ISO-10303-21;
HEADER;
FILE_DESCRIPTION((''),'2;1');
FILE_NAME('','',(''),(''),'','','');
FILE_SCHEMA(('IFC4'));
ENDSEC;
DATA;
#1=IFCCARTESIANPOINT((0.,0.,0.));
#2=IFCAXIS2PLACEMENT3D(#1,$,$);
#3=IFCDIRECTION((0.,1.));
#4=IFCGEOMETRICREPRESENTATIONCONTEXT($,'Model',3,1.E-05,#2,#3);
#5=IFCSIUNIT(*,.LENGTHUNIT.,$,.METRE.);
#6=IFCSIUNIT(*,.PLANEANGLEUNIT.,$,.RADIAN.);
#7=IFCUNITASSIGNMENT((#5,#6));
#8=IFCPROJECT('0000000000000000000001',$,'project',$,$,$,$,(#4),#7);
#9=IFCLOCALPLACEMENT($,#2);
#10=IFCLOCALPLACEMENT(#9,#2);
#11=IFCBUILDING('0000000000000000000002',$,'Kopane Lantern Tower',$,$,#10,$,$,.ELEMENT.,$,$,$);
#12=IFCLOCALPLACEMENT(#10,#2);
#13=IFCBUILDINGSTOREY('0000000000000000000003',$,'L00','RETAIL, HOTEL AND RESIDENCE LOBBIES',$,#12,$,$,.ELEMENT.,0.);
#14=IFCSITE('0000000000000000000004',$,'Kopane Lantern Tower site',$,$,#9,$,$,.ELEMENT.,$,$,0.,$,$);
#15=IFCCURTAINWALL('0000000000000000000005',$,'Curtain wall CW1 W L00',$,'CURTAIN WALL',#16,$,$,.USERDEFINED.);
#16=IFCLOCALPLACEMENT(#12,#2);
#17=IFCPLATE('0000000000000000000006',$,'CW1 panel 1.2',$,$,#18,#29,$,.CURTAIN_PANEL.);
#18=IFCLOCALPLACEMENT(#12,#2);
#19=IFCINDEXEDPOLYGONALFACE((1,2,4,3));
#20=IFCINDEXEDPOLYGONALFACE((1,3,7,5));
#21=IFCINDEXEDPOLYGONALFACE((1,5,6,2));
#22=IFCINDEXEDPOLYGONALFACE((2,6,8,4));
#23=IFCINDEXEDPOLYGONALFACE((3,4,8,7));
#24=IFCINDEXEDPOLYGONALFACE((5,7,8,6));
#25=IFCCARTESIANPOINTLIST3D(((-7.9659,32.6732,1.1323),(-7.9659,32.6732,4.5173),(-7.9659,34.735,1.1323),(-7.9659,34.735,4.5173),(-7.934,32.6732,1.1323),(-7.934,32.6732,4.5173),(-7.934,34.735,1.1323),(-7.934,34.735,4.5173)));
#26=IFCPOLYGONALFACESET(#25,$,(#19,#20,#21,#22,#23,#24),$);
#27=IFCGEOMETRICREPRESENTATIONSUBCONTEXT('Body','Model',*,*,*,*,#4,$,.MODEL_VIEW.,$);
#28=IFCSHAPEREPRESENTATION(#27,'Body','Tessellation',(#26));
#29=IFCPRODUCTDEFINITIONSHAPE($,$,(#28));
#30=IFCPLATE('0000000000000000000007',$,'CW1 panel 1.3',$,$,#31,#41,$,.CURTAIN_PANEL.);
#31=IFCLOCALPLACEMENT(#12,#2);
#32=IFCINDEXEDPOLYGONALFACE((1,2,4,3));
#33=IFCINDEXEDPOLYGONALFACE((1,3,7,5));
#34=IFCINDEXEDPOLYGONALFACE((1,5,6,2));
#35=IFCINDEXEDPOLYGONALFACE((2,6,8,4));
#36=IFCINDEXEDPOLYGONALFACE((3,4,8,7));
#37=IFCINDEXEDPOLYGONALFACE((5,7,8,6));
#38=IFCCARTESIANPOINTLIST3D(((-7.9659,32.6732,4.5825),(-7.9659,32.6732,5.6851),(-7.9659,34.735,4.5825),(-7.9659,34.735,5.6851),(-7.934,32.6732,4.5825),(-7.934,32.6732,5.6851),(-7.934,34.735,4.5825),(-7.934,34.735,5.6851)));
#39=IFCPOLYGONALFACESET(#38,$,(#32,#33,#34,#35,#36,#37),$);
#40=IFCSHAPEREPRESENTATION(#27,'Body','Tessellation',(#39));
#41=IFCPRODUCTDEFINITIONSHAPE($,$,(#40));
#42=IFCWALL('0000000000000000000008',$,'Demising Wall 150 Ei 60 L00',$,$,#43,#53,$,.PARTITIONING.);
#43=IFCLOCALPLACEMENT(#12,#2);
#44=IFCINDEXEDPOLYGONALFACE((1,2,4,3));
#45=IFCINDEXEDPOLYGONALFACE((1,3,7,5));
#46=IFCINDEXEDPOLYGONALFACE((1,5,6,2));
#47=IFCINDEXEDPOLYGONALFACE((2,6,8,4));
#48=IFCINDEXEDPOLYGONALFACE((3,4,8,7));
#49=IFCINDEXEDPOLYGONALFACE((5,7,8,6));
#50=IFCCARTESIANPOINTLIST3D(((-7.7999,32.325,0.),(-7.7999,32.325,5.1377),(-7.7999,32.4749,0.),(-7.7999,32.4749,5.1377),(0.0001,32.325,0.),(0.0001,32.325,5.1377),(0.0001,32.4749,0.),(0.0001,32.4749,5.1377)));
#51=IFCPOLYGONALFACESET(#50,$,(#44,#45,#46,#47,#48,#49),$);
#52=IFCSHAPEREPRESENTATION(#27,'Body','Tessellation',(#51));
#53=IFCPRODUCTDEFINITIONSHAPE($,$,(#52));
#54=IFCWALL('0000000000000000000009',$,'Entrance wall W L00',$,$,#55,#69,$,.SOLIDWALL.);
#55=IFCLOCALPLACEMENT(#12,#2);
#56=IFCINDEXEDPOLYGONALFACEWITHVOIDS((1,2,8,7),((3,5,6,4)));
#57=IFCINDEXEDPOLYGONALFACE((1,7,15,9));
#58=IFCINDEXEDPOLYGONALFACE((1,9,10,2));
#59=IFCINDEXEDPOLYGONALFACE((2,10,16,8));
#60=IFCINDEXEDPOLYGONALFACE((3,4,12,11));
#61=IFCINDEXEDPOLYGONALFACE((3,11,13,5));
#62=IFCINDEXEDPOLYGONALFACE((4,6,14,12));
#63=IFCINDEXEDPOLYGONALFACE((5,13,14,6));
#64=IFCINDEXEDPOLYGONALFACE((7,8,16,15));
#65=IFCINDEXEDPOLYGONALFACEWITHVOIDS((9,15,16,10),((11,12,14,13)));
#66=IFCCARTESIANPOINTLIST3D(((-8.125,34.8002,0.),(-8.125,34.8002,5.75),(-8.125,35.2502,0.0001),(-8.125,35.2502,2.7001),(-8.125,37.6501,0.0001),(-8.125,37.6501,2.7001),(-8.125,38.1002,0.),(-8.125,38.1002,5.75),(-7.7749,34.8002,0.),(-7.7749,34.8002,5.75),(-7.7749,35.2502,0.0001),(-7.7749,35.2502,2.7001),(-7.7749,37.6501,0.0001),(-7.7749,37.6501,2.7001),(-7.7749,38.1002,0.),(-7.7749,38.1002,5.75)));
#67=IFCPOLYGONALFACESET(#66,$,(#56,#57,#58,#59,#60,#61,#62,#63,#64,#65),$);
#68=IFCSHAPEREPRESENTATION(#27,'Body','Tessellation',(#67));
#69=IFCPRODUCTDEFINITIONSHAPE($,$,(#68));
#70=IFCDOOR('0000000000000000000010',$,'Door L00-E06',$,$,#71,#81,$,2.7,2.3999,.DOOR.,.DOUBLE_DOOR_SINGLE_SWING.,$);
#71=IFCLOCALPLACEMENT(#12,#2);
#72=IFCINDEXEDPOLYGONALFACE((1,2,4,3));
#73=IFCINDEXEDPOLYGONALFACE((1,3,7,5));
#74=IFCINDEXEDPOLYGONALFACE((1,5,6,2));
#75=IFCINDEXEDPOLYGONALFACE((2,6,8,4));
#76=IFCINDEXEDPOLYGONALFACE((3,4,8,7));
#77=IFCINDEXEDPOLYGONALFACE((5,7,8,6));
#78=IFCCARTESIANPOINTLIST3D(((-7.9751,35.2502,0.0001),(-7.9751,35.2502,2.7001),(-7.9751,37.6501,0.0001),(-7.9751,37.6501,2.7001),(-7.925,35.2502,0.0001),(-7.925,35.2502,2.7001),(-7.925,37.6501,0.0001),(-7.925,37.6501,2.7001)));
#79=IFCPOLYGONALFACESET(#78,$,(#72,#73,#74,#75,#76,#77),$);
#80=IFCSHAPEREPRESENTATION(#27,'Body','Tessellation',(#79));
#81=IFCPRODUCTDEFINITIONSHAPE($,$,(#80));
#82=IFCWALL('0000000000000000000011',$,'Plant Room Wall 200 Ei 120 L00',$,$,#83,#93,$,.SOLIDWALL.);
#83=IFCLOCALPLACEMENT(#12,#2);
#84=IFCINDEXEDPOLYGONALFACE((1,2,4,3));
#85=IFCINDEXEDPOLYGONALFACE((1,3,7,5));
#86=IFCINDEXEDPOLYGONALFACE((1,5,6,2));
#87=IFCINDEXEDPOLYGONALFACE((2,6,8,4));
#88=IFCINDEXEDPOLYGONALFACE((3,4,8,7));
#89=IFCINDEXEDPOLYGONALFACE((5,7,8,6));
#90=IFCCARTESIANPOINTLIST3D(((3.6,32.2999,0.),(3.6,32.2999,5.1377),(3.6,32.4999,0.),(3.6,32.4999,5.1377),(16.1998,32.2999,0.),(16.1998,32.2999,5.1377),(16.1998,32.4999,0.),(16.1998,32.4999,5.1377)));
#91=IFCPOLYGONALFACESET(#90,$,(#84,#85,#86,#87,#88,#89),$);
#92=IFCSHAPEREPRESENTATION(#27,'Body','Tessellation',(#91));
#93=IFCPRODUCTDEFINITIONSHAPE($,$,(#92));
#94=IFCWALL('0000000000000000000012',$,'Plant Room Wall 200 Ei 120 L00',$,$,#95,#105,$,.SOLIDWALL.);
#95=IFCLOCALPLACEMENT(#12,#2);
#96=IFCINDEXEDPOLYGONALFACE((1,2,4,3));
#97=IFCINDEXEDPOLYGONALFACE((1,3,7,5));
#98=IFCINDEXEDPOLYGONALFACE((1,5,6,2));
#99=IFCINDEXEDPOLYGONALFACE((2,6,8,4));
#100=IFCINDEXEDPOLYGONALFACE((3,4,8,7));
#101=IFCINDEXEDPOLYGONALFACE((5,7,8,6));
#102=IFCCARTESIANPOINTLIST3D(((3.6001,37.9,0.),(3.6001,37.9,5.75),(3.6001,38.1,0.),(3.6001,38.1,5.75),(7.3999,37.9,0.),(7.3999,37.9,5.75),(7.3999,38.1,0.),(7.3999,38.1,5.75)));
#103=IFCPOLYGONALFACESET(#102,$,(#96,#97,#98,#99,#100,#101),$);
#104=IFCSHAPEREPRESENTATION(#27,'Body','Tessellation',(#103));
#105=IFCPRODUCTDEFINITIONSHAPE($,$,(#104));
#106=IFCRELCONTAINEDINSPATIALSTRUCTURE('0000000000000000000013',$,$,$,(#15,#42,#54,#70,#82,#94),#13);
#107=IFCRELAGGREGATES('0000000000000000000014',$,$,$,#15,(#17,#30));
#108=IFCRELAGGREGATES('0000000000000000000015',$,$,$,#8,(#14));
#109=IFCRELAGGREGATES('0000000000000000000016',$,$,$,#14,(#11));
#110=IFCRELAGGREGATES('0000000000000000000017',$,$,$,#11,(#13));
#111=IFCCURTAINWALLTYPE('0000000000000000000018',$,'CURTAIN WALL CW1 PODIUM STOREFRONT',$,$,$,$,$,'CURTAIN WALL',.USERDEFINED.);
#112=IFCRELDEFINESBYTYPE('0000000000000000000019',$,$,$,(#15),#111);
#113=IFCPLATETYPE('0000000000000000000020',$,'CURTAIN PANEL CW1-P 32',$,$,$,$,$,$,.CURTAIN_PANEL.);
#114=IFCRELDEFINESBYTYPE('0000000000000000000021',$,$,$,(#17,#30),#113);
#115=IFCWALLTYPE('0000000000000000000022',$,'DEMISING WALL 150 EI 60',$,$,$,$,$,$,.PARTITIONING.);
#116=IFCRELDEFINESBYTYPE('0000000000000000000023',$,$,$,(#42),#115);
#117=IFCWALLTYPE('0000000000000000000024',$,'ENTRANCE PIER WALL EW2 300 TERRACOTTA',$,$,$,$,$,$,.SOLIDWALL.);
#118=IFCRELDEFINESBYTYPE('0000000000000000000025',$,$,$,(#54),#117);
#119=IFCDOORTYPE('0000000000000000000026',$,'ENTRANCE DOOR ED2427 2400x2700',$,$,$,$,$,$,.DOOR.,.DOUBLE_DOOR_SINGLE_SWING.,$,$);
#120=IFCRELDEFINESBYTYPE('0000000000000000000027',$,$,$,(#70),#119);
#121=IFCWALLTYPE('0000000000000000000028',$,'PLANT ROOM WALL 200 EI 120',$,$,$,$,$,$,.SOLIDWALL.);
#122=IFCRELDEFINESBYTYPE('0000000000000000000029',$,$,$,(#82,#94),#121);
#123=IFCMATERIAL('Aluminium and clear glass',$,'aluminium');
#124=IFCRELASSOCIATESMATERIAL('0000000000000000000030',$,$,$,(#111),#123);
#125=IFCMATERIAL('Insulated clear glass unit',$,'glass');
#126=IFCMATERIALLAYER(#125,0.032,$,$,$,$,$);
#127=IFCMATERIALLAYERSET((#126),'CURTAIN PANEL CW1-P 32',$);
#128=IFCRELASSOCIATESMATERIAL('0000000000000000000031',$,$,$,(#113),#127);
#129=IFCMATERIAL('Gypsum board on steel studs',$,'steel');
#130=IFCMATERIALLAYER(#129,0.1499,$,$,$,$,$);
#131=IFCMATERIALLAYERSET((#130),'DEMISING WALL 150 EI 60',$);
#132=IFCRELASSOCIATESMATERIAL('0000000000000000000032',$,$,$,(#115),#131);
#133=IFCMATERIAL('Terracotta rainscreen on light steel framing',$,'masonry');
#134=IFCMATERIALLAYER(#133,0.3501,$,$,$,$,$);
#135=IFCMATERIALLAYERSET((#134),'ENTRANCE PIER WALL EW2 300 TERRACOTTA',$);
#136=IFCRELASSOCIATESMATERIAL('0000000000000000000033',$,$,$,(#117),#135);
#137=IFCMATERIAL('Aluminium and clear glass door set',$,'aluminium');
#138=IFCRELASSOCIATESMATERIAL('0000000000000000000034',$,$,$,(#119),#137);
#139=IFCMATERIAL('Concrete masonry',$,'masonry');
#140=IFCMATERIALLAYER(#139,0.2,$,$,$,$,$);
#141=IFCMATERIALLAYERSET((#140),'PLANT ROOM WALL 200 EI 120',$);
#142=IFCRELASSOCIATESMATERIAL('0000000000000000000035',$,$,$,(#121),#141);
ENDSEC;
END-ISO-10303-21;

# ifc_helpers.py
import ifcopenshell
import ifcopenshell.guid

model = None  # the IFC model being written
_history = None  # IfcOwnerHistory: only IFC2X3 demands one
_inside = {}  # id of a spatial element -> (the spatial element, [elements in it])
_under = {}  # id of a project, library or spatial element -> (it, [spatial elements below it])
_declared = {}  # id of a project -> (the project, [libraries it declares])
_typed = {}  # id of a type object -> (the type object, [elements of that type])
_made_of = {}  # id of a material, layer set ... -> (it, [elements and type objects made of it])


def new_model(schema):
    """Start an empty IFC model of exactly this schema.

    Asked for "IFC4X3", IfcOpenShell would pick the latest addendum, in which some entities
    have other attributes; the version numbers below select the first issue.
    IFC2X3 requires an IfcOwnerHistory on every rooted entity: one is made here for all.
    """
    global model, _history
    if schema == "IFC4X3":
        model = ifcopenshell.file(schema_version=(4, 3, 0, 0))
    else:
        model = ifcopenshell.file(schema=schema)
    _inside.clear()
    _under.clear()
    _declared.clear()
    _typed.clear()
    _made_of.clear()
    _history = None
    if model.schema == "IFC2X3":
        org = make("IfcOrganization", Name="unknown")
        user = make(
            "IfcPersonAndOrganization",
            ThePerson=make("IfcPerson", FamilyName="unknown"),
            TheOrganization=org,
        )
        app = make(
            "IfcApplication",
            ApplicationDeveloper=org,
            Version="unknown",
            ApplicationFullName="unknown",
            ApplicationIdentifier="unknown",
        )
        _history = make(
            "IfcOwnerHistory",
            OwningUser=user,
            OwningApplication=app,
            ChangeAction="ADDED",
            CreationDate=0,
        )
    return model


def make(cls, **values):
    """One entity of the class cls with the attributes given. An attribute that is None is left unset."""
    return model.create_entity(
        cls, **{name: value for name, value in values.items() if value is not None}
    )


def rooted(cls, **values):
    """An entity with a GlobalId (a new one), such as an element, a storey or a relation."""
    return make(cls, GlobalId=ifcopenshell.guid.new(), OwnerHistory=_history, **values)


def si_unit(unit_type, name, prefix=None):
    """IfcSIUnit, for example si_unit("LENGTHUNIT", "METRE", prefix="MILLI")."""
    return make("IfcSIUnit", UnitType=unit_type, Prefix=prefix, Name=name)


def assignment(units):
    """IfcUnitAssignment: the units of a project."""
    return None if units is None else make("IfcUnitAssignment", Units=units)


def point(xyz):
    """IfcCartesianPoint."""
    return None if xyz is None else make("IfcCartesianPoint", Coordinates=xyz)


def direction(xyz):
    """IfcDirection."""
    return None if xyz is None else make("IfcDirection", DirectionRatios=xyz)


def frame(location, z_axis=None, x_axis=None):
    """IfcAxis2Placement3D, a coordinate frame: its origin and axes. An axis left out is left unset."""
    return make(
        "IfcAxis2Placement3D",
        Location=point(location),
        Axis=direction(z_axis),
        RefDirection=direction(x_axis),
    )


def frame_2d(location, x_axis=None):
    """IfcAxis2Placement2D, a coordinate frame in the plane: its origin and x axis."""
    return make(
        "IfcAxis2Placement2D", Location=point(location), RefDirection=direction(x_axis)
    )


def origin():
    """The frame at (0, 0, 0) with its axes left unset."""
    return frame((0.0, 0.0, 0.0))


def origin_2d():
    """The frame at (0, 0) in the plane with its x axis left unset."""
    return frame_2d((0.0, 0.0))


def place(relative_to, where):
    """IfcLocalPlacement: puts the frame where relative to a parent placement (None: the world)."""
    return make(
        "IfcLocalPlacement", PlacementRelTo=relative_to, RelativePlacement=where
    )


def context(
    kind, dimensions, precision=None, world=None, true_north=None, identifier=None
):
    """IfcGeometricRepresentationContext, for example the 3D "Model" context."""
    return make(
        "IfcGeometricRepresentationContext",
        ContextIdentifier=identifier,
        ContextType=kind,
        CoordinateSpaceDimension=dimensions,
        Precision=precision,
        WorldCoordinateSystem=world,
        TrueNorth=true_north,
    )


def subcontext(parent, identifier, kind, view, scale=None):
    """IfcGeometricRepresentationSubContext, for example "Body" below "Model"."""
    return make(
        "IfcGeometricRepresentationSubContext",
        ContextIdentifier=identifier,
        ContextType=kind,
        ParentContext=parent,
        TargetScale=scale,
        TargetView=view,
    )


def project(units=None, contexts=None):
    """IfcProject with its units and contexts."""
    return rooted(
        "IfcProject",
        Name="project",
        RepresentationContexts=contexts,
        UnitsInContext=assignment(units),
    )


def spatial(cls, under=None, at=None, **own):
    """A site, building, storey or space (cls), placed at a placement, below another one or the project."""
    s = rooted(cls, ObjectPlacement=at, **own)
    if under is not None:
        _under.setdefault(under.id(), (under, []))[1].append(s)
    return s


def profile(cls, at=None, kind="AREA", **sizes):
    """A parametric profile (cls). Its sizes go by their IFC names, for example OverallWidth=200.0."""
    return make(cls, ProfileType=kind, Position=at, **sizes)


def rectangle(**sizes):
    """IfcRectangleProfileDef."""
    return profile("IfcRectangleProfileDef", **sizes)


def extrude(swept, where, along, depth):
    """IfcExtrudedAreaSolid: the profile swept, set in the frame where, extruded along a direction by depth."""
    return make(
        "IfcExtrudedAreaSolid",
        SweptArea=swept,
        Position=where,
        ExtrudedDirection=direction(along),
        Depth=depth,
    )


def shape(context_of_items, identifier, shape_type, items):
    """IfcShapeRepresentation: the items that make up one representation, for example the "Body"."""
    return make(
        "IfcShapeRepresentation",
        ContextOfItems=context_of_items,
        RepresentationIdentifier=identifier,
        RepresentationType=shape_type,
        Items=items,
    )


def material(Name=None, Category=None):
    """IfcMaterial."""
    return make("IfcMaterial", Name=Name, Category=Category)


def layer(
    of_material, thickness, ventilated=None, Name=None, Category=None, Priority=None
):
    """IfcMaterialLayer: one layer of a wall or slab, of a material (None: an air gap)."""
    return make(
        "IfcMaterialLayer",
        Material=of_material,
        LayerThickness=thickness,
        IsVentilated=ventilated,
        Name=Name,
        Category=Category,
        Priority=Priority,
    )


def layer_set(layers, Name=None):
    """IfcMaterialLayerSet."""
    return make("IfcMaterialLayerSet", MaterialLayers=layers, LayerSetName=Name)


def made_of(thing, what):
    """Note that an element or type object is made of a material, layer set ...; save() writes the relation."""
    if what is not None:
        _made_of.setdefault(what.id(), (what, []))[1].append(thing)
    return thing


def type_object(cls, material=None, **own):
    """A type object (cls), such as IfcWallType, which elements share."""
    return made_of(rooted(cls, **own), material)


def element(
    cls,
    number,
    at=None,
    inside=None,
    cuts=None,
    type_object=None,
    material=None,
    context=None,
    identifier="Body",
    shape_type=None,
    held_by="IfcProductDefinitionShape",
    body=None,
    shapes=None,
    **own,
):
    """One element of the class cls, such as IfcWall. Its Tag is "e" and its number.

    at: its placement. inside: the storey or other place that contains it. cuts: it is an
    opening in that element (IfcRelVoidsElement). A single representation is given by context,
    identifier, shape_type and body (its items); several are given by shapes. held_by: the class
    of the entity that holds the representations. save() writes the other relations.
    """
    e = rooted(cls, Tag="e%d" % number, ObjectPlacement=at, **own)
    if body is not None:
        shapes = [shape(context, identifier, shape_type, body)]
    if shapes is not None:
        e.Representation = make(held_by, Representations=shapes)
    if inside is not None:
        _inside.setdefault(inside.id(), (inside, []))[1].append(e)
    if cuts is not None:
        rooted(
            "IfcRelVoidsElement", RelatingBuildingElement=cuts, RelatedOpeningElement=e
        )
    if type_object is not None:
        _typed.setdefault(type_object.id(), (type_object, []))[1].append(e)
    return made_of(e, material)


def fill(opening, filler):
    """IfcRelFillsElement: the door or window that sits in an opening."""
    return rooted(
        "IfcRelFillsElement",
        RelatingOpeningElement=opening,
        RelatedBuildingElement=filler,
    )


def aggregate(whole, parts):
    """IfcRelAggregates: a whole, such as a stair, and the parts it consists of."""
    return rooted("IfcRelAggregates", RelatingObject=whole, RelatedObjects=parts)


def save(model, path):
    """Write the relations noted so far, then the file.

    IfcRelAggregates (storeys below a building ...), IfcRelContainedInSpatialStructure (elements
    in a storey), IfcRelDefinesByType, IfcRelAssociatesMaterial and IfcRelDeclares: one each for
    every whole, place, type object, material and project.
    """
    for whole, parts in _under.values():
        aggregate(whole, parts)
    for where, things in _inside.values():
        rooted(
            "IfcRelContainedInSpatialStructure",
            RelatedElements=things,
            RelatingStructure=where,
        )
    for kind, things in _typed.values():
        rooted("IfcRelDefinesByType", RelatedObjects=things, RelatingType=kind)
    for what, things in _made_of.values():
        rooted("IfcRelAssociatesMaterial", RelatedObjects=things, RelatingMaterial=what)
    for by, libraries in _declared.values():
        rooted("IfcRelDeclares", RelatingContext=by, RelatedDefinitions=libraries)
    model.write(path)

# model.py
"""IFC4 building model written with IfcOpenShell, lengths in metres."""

from ifc_helpers import new_model, si_unit, direction, frame, frame_2d, origin, origin_2d, place, context, subcontext, project, spatial, rectangle, extrude, material, layer, layer_set, type_object, element, fill, aggregate, save


model = new_model("IFC4")

# Units and contexts
model_context = context("Model", 3, precision=1e-05, world=origin(), true_north=direction((0.0, 1.0)))
body_context = subcontext(model_context, "Body", "Model", "MODEL_VIEW")
ifc_project = project(units=[si_unit("LENGTHUNIT", "METRE"), si_unit("PLANEANGLEUNIT", "RADIAN")], contexts=[model_context])

# Site, building, storey
site_placement = place(None, origin())
site = spatial("IfcSite", under=ifc_project, at=site_placement, Name="Kopane Lantern Tower site", CompositionType="ELEMENT", RefElevation=0.0)
building_placement = place(site_placement, origin())
building = spatial("IfcBuilding", under=site, at=building_placement, Name="Kopane Lantern Tower", CompositionType="ELEMENT")
storey_placement = place(building_placement, origin())
storey = spatial("IfcBuildingStorey", under=building, at=storey_placement, Name="L00", Description="RETAIL, HOTEL AND RESIDENCE LOBBIES", CompositionType="ELEMENT", Elevation=0.0)

# Curtain wall
ifc_material_1 = material(Name="Aluminium and clear glass", Category="aluminium")
curtain_wall_type = type_object("IfcCurtainWallType", Name="CURTAIN WALL CW1 PODIUM STOREFRONT", ElementType="CURTAIN WALL", PredefinedType="USERDEFINED", material=ifc_material_1)
curtain_wall_1_placement = place(storey_placement, origin())
curtain_wall_1 = element("IfcCurtainWall", 1, at=curtain_wall_1_placement, inside=storey, type_object=curtain_wall_type, Name="Curtain wall CW1 W L00", ObjectType="CURTAIN WALL", PredefinedType="USERDEFINED")

# Plates
ifc_material_2 = material(Name="Insulated clear glass unit", Category="glass")
ifc_layer_1 = layer(ifc_material_2, 0.032)
ifc_layer_set_1 = layer_set([ifc_layer_1], Name="CURTAIN PANEL CW1-P 32")
plate_type = type_object("IfcPlateType", Name="CURTAIN PANEL CW1-P 32", PredefinedType="CURTAIN_PANEL", material=ifc_layer_set_1)
plate_1_placement = place(storey_placement, frame((-7.95, 33.7041, 1.1323), z_axis=(0.0, 0.0, 1.0), x_axis=(0.0, -1.0, 0.0)))
plate_1 = element("IfcPlate", 2, at=plate_1_placement, type_object=plate_type, Name="CW1 panel 1.2", PredefinedType="CURTAIN_PANEL", context=body_context, shape_type="SweptSolid", body=[
    extrude(rectangle(XDim=2.0618, YDim=0.032, at=origin_2d()), origin(), (0.0, 0.0, 1.0), 3.385),
])
plate_2_placement = place(storey_placement, frame((-7.95, 33.7041, 4.5825), z_axis=(0.0, 0.0, 1.0), x_axis=(0.0, -1.0, 0.0)))
plate_2 = element("IfcPlate", 3, at=plate_2_placement, type_object=plate_type, Name="CW1 panel 1.3", PredefinedType="CURTAIN_PANEL", context=body_context, shape_type="SweptSolid", body=[
    extrude(rectangle(XDim=2.0618, YDim=0.032, at=origin_2d()), origin(), (0.0, 0.0, 1.0), 1.1025),
])
aggregate(curtain_wall_1, [plate_1, plate_2])

# Wall
ifc_material_3 = material(Name="Gypsum board on steel studs", Category="steel")
ifc_layer_2 = layer(ifc_material_3, 0.1499)
ifc_layer_set_2 = layer_set([ifc_layer_2], Name="DEMISING WALL 150 EI 60")
wall_type_1 = type_object("IfcWallType", Name="DEMISING WALL 150 EI 60", PredefinedType="PARTITIONING", material=ifc_layer_set_2)
wall_1_placement = place(storey_placement, frame((0.0, 32.3999, 0.0), z_axis=(0.0, 0.0, 1.0), x_axis=(-1.0, 0.0, 0.0)))
element("IfcWall", 4, at=wall_1_placement, inside=storey, type_object=wall_type_1, Name="Demising Wall 150 Ei 60 L00", PredefinedType="PARTITIONING", context=body_context, shape_type="SweptSolid", body=[
    extrude(rectangle(XDim=7.8, YDim=0.1499, at=frame_2d((3.8999, 0.0))), origin(), (0.0, 0.0, 1.0), 5.1377),
])

# Wall, opening, door
ifc_material_4 = material(Name="Terracotta rainscreen on light steel framing", Category="masonry")
ifc_layer_3 = layer(ifc_material_4, 0.3501)
ifc_layer_set_3 = layer_set([ifc_layer_3], Name="ENTRANCE PIER WALL EW2 300 TERRACOTTA")
wall_type_2 = type_object("IfcWallType", Name="ENTRANCE PIER WALL EW2 300 TERRACOTTA", PredefinedType="SOLIDWALL", material=ifc_layer_set_3)
wall_2_placement = place(storey_placement, frame((-7.95, 38.1001, 0.0), z_axis=(0.0, 0.0, 1.0), x_axis=(0.0, -1.0, 0.0)))
wall_2 = element("IfcWall", 5, at=wall_2_placement, inside=storey, type_object=wall_type_2, Name="Entrance wall W L00", PredefinedType="SOLIDWALL", context=body_context, shape_type="SweptSolid", body=[
    extrude(rectangle(XDim=3.3, YDim=0.3501, at=frame_2d((1.6499, 0.0))), origin(), (0.0, 0.0, 1.0), 5.75),
])
opening_placement = place(wall_2_placement, frame((0.45, 0.0, 0.0)))
opening = element("IfcOpeningElement", 6, at=opening_placement, cuts=wall_2, PredefinedType="OPENING", context=body_context, shape_type="SweptSolid", body=[
    extrude(rectangle(XDim=2.3999, YDim=2.7, at=frame_2d((1.2, 1.3501))), frame((0.0, 0.1851, 0.0), z_axis=(0.0, -1.0, 0.0), x_axis=(1.0, 0.0, 0.0)), (0.0, 0.0, 1.0), 0.3701),
])
ifc_material_5 = material(Name="Aluminium and clear glass door set", Category="aluminium")
door_type = type_object("IfcDoorType", Name="ENTRANCE DOOR ED2427 2400x2700", OperationType="DOUBLE_DOOR_SINGLE_SWING", PredefinedType="DOOR", material=ifc_material_5)
door_placement = place(opening_placement, origin())
door = element("IfcDoor", 7, at=door_placement, inside=storey, type_object=door_type, Name="Door L00-E06", OperationType="DOUBLE_DOOR_SINGLE_SWING", OverallHeight=2.7, OverallWidth=2.3999, PredefinedType="DOOR", context=body_context, shape_type="SweptSolid", body=[
    extrude(rectangle(XDim=2.3999, YDim=2.7, at=frame_2d((1.2, 1.3501))), frame((0.0, 0.0249, 0.0), z_axis=(0.0, -1.0, 0.0), x_axis=(1.0, 0.0, 0.0)), (0.0, 0.0, 1.0), 0.05),
])
fill(opening, door)

# Walls
ifc_material_6 = material(Name="Concrete masonry", Category="masonry")
ifc_layer_4 = layer(ifc_material_6, 0.2)
ifc_layer_set_4 = layer_set([ifc_layer_4], Name="PLANT ROOM WALL 200 EI 120")
wall_type_3 = type_object("IfcWallType", Name="PLANT ROOM WALL 200 EI 120", PredefinedType="SOLIDWALL", material=ifc_layer_set_4)
wall_3_placement = place(storey_placement, frame((3.6001, 32.3999, 0.0), z_axis=(0.0, 0.0, 1.0), x_axis=(1.0, 0.0, 0.0)))
element("IfcWall", 8, at=wall_3_placement, inside=storey, type_object=wall_type_3, Name="Plant Room Wall 200 Ei 120 L00", PredefinedType="SOLIDWALL", context=body_context, shape_type="SweptSolid", body=[
    extrude(rectangle(XDim=12.5999, YDim=0.2, at=frame_2d((6.2998, 0.0))), origin(), (0.0, 0.0, 1.0), 5.1377),
])
wall_4_placement = place(storey_placement, frame((3.6001, 38.0, 0.0), z_axis=(0.0, 0.0, 1.0), x_axis=(1.0, 0.0, 0.0)))
element("IfcWall", 9, at=wall_4_placement, inside=storey, type_object=wall_type_3, Name="Plant Room Wall 200 Ei 120 L00", PredefinedType="SOLIDWALL", context=body_context, shape_type="SweptSolid", body=[
    extrude(rectangle(XDim=3.7998, YDim=0.2, at=frame_2d((1.8999, 0.0))), origin(), (0.0, 0.0, 1.0), 5.75),
])

save(model, "model.ifc")
